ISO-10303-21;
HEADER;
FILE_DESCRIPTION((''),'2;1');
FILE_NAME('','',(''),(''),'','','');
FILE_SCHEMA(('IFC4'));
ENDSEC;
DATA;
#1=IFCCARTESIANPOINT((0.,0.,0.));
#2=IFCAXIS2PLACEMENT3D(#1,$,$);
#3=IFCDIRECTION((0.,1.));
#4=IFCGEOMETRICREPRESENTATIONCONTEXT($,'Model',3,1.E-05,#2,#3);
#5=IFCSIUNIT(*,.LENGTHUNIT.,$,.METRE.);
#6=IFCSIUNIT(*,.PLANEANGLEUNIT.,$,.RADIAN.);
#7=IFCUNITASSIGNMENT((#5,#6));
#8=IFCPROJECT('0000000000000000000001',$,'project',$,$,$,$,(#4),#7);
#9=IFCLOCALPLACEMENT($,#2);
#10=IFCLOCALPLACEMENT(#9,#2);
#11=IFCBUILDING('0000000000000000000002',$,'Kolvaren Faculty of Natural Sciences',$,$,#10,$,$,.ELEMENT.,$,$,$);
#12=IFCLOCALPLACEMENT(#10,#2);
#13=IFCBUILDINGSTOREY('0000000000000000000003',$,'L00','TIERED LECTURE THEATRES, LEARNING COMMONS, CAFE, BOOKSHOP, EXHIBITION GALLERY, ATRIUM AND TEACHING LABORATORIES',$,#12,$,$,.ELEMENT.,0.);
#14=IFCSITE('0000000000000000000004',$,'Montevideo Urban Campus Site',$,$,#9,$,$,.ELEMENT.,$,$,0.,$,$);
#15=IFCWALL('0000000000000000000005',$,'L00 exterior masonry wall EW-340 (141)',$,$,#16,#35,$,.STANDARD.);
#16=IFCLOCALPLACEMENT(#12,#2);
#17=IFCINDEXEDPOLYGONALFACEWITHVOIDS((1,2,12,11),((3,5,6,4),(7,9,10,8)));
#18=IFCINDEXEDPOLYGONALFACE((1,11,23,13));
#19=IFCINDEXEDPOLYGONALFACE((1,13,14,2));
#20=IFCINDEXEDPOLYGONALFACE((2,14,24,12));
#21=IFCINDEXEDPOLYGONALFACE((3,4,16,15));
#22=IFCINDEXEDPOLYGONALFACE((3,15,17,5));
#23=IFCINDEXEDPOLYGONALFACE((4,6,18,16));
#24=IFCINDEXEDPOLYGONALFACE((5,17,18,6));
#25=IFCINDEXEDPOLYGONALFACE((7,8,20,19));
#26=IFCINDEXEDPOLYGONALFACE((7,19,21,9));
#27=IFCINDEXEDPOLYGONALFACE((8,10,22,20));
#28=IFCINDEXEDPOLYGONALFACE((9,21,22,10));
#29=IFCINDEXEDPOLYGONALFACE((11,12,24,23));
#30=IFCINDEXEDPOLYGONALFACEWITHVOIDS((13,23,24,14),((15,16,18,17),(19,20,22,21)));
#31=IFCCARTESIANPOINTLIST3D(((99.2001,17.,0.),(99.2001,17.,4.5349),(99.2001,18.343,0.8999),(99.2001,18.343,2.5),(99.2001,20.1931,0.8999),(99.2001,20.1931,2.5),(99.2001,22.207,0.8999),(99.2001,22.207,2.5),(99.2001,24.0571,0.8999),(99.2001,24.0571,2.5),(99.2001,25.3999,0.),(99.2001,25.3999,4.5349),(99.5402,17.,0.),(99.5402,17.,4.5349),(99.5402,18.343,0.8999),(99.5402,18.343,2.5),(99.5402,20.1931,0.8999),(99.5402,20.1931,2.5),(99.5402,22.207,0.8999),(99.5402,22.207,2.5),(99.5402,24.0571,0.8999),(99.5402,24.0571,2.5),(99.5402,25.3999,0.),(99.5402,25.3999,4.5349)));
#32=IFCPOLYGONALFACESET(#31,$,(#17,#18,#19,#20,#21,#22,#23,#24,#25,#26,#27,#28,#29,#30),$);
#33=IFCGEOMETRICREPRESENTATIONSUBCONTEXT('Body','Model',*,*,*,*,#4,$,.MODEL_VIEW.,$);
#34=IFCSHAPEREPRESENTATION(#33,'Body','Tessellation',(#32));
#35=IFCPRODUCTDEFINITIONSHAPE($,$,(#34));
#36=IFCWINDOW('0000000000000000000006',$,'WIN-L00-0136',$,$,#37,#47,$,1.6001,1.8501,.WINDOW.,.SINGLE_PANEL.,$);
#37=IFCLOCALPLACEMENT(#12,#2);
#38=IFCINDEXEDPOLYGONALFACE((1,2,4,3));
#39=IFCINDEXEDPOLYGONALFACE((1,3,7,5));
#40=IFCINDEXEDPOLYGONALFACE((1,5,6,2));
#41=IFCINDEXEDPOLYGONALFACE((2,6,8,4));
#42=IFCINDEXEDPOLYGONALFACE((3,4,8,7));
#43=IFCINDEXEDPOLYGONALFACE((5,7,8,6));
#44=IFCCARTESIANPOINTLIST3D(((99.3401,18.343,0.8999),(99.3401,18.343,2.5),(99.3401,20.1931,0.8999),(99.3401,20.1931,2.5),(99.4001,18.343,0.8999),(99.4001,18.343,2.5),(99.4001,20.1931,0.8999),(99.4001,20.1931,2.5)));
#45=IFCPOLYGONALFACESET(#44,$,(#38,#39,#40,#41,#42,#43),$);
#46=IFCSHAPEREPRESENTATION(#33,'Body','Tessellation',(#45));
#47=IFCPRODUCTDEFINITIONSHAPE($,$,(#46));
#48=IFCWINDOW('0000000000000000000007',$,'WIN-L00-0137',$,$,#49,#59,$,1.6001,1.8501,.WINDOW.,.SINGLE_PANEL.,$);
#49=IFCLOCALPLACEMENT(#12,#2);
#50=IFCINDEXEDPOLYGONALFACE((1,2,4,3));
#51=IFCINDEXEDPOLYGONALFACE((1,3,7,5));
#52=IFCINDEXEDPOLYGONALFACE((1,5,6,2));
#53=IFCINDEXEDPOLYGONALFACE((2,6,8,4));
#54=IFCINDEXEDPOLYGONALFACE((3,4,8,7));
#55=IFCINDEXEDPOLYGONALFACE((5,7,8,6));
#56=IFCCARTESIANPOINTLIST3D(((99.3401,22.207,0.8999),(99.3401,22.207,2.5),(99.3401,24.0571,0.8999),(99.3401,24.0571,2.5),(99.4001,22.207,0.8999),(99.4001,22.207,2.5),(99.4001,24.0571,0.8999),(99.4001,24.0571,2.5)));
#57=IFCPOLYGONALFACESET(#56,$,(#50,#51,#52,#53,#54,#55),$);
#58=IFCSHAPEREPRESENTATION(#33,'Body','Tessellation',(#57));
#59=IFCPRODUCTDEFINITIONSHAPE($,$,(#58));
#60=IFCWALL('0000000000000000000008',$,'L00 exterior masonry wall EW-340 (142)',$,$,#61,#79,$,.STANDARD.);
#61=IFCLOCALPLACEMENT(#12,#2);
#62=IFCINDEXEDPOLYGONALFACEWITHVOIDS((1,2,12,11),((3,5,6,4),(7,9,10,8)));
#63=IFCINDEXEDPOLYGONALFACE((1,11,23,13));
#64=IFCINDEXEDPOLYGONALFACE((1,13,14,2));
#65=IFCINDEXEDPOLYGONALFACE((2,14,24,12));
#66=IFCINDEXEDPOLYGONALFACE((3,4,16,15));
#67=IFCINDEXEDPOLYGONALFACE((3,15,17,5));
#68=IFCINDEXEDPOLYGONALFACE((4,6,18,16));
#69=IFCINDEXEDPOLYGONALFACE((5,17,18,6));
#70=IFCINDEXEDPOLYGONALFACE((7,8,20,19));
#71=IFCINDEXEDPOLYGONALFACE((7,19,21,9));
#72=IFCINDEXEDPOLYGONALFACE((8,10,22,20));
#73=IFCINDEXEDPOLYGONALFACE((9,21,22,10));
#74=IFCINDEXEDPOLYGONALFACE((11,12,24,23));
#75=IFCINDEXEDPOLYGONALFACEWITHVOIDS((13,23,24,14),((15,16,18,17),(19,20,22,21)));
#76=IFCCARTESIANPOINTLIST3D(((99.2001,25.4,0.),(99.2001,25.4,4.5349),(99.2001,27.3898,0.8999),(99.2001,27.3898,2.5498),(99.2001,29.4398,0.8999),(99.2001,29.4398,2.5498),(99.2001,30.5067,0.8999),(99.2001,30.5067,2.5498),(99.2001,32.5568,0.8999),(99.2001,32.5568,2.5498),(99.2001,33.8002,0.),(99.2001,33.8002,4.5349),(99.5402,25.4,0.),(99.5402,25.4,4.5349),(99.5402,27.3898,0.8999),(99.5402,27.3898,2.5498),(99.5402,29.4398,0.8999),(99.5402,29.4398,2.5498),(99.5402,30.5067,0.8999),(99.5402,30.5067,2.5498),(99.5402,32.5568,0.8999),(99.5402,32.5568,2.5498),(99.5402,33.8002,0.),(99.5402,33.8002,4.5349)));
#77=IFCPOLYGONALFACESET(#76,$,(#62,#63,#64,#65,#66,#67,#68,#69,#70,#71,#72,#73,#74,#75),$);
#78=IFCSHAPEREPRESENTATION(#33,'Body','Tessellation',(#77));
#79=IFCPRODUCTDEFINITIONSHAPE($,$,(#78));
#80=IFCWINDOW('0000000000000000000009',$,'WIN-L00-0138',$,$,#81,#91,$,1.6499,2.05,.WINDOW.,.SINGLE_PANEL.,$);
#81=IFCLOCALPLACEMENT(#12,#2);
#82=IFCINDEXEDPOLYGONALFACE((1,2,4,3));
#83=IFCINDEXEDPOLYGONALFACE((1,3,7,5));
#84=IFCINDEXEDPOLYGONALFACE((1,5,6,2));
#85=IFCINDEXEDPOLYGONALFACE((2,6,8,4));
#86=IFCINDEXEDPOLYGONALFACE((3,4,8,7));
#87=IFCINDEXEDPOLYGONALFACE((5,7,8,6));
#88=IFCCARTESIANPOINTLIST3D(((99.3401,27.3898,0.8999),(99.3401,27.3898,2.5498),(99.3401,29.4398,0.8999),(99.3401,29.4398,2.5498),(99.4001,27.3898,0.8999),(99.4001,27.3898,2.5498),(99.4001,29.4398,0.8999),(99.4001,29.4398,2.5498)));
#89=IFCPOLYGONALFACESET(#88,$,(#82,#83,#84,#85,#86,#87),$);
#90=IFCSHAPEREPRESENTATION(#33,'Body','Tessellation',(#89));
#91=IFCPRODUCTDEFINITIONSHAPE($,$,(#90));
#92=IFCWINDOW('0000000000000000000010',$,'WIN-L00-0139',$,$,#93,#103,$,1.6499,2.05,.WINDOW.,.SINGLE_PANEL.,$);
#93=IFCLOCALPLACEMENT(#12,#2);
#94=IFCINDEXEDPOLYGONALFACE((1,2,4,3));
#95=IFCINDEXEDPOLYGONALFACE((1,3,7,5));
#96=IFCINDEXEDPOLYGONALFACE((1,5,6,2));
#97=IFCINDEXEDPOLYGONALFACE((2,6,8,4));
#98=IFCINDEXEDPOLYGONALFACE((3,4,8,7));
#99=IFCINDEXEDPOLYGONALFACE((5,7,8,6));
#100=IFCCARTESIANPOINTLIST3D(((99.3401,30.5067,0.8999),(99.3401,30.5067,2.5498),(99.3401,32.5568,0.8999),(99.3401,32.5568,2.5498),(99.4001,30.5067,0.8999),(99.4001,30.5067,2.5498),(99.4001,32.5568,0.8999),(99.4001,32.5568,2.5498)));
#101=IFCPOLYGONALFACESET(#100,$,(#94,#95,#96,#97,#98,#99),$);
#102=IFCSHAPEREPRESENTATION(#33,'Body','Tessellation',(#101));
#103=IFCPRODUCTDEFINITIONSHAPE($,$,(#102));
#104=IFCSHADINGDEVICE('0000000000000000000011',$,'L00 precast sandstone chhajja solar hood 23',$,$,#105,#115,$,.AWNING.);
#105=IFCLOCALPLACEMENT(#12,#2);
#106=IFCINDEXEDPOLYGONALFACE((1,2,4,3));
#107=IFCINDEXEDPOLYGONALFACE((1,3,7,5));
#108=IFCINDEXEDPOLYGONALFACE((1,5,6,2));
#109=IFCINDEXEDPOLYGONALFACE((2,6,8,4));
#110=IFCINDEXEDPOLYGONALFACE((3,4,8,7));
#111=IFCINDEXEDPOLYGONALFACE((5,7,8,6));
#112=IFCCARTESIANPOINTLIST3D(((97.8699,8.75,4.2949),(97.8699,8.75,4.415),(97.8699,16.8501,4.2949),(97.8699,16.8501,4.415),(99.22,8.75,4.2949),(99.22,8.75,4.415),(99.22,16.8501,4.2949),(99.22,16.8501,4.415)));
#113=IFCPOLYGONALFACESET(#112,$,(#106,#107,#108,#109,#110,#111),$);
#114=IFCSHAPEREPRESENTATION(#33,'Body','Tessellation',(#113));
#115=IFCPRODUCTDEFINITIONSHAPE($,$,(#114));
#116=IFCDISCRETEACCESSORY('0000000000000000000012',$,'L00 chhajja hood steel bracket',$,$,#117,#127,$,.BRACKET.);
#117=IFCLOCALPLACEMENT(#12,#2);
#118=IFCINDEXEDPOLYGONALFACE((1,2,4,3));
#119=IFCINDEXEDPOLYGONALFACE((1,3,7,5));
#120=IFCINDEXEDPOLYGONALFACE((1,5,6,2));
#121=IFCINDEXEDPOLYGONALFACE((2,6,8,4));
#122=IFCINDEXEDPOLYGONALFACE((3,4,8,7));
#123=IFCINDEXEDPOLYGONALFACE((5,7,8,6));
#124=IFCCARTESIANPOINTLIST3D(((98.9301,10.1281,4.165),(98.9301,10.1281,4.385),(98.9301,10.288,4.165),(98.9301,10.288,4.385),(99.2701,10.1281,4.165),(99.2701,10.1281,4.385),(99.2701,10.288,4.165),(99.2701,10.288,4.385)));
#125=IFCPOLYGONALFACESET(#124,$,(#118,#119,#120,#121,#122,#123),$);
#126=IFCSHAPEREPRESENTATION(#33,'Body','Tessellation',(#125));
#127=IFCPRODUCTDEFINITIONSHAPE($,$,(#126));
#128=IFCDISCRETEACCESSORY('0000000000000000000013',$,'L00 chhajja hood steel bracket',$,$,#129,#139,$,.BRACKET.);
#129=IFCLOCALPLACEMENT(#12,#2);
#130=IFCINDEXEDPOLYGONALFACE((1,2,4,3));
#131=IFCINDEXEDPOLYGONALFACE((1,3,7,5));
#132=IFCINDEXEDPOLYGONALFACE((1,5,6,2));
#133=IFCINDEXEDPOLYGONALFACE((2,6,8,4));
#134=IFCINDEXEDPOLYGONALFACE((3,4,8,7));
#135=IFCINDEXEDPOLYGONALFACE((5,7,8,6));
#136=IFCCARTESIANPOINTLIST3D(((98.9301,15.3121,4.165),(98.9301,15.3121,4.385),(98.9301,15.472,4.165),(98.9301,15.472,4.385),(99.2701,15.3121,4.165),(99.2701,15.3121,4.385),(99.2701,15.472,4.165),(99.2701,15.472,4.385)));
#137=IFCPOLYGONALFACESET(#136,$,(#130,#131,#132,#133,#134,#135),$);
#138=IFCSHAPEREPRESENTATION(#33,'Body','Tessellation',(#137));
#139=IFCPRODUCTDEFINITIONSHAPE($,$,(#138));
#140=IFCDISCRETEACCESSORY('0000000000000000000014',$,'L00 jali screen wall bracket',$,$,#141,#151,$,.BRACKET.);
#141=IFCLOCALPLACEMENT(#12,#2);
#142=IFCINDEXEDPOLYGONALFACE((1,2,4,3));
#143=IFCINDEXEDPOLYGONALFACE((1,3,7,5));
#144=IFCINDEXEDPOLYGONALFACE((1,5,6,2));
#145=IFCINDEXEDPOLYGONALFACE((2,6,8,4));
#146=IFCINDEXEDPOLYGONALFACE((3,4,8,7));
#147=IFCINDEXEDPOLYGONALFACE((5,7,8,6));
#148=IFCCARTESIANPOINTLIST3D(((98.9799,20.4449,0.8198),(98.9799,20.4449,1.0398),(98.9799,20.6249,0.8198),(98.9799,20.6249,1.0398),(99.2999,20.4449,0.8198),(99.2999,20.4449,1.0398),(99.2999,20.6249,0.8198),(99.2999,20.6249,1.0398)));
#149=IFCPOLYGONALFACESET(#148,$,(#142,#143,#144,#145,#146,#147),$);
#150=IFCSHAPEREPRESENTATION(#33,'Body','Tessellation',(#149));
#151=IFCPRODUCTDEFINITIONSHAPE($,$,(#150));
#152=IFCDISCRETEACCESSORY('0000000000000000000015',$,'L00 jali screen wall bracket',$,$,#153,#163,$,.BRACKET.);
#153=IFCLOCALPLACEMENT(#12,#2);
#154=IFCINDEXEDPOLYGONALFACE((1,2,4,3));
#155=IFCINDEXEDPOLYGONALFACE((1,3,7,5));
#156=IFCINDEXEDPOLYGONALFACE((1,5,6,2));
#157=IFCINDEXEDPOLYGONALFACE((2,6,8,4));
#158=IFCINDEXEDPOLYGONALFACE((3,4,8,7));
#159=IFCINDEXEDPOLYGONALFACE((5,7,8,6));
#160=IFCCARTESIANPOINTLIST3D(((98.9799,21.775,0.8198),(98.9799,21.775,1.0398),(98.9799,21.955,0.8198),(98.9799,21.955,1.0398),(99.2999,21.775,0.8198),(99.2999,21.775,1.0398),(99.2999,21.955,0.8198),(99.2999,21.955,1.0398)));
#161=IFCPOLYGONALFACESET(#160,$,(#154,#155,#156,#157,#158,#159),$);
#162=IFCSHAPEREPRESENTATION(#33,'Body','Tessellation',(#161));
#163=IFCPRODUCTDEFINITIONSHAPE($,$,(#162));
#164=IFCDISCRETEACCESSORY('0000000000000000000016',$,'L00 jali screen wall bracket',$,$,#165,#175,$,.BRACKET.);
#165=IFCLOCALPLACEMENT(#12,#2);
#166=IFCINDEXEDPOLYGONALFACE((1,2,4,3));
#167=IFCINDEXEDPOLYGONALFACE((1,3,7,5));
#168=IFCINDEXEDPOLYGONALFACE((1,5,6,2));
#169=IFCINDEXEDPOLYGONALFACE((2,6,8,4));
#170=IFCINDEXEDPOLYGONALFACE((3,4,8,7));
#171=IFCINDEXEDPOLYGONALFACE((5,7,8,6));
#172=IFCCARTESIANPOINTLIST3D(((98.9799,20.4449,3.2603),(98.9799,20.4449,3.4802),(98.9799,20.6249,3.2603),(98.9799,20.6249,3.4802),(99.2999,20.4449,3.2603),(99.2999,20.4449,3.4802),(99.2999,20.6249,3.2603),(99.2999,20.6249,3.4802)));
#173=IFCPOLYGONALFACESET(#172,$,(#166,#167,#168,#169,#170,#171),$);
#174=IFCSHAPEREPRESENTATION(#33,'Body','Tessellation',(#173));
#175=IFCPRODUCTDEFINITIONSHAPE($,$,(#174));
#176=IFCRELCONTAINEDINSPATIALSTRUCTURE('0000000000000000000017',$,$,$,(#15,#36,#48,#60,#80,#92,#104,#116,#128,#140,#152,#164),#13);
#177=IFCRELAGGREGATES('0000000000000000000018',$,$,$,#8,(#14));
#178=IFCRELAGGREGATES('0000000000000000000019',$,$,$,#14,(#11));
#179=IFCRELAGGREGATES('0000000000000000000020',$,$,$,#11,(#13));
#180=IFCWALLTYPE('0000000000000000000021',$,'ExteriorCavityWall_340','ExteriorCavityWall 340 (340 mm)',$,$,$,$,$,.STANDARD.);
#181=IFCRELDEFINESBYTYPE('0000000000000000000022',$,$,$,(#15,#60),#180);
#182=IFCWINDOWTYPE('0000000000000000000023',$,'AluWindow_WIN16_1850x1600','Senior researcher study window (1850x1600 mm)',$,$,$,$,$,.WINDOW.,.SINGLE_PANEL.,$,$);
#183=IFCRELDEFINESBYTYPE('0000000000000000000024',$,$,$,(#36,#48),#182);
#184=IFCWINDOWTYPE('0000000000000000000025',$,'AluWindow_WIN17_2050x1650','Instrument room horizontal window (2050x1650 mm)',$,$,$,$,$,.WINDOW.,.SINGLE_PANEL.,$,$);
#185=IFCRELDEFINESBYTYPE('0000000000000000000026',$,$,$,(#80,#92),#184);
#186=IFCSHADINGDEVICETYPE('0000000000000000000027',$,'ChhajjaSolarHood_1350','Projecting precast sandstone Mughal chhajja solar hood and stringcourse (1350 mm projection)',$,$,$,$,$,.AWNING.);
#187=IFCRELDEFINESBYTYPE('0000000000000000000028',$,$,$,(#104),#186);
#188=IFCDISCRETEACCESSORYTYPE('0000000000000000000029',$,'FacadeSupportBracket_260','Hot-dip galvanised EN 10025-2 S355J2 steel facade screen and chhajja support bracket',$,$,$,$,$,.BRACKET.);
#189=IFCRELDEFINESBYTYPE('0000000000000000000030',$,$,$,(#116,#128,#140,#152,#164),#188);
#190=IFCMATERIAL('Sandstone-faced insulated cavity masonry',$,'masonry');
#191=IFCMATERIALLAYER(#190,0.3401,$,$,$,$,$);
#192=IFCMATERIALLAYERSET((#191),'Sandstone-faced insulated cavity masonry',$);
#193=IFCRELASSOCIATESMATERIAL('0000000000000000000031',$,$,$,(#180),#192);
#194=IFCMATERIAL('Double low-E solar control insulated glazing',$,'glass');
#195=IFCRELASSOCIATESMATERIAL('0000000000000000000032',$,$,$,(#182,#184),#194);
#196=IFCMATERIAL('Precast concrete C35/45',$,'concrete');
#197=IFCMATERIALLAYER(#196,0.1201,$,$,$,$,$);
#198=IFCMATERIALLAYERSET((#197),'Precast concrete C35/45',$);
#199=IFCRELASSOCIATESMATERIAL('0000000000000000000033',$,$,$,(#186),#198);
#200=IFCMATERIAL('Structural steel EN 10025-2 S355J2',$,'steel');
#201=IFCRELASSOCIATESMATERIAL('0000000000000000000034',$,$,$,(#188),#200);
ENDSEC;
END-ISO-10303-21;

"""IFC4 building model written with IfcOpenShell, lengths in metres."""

from ifc_helpers import new_model, si_unit, direction, frame, frame_2d, origin, origin_2d, place, context, subcontext, project, spatial, rectangle, extrude, material, layer, layer_set, type_object, element, fill, save


model = new_model("IFC4")

# Units and contexts
model_context = context("Model", 3, precision=1e-05, world=origin(), true_north=direction((0.0, 1.0)))
body_context = subcontext(model_context, "Body", "Model", "MODEL_VIEW")
ifc_project = project(units=[si_unit("LENGTHUNIT", "METRE"), si_unit("PLANEANGLEUNIT", "RADIAN")], contexts=[model_context])

# Site, building, storey
site_placement = place(None, origin())
site = spatial("IfcSite", under=ifc_project, at=site_placement, Name="Montevideo Urban Campus Site", CompositionType="ELEMENT", RefElevation=0.0)
building_placement = place(site_placement, origin())
building = spatial("IfcBuilding", under=site, at=building_placement, Name="Kolvaren Faculty of Natural Sciences", CompositionType="ELEMENT")
storey_placement = place(building_placement, origin())
storey = spatial("IfcBuildingStorey", under=building, at=storey_placement, Name="L00", Description="TIERED LECTURE THEATRES, LEARNING COMMONS, CAFE, BOOKSHOP, EXHIBITION GALLERY, ATRIUM AND TEACHING LABORATORIES", CompositionType="ELEMENT", Elevation=0.0)

# Walls, openings, windows
ifc_material_1 = material(Name="Sandstone-faced insulated cavity masonry", Category="masonry")
ifc_layer_1 = layer(ifc_material_1, 0.3401)
ifc_layer_set_1 = layer_set([ifc_layer_1], Name="Sandstone-faced insulated cavity masonry")
wall_type_1 = type_object("IfcWallType", Name="ExteriorCavityWall_340", Description="ExteriorCavityWall 340 (340 mm)", PredefinedType="STANDARD", material=ifc_layer_set_1)
ifc_material_2 = material(Name="Double low-E solar control insulated glazing", Category="glass")
wall_1_placement = place(storey_placement, frame((99.3701, 17.0, 0.0), z_axis=(0.0, 0.0, 1.0), x_axis=(0.0, 1.0, 0.0)))
wall_1 = element("IfcWall", 1, at=wall_1_placement, inside=storey, type_object=wall_type_1, Name="L00 exterior masonry wall EW-340 (141)", PredefinedType="STANDARD", context=body_context, shape_type="SweptSolid", body=[
    extrude(rectangle(XDim=8.3999, YDim=0.3401, at=frame_2d((4.2, 0.0))), origin(), (0.0, 0.0, 1.0), 4.5349),
])
opening_1_placement = place(wall_1_placement, frame((1.343, 0.0, 0.8999)))
opening_1 = element("IfcOpeningElement", 2, at=opening_1_placement, cuts=wall_1, PredefinedType="OPENING", context=body_context, shape_type="SweptSolid", body=[
    extrude(rectangle(XDim=1.8501, YDim=1.6001, at=frame_2d((0.925, 0.8))), frame((0.0, 0.1799, 0.0), z_axis=(0.0, -1.0, 0.0), x_axis=(1.0, 0.0, 0.0)), (0.0, 0.0, 1.0), 0.3601),
])
opening_2_placement = place(wall_1_placement, frame((5.207, 0.0, 0.8999)))
opening_2 = element("IfcOpeningElement", 3, at=opening_2_placement, cuts=wall_1, PredefinedType="OPENING", context=body_context, shape_type="SweptSolid", body=[
    extrude(rectangle(XDim=1.8501, YDim=1.6001, at=frame_2d((0.925, 0.8))), frame((0.0, 0.1799, 0.0), z_axis=(0.0, -1.0, 0.0), x_axis=(1.0, 0.0, 0.0)), (0.0, 0.0, 1.0), 0.3601),
])
window_type_1 = type_object("IfcWindowType", Name="AluWindow_WIN16_1850x1600", Description="Senior researcher study window (1850x1600 mm)", PartitioningType="SINGLE_PANEL", PredefinedType="WINDOW", material=ifc_material_2)
window_1_placement = place(opening_1_placement, origin())
window_1 = element("IfcWindow", 4, at=window_1_placement, inside=storey, type_object=window_type_1, Name="WIN-L00-0136", OverallHeight=1.6001, OverallWidth=1.8501, PartitioningType="SINGLE_PANEL", PredefinedType="WINDOW", context=body_context, shape_type="SweptSolid", body=[
    extrude(rectangle(XDim=1.8501, YDim=1.6001, at=frame_2d((0.925, 0.8))), frame((0.0, 0.03, 0.0), z_axis=(0.0, -1.0, 0.0), x_axis=(1.0, 0.0, 0.0)), (0.0, 0.0, 1.0), 0.0601),
])
fill(opening_1, window_1)
window_2_placement = place(opening_2_placement, origin())
window_2 = element("IfcWindow", 5, at=window_2_placement, inside=storey, type_object=window_type_1, Name="WIN-L00-0137", OverallHeight=1.6001, OverallWidth=1.8501, PartitioningType="SINGLE_PANEL", PredefinedType="WINDOW", context=body_context, shape_type="SweptSolid", body=[
    extrude(rectangle(XDim=1.8501, YDim=1.6001, at=frame_2d((0.925, 0.8))), frame((0.0, 0.03, 0.0), z_axis=(0.0, -1.0, 0.0), x_axis=(1.0, 0.0, 0.0)), (0.0, 0.0, 1.0), 0.0601),
])
fill(opening_2, window_2)
wall_2_placement = place(storey_placement, frame((99.3701, 25.3999, 0.0), z_axis=(0.0, 0.0, 1.0), x_axis=(0.0, 1.0, 0.0)))
wall_2 = element("IfcWall", 6, at=wall_2_placement, inside=storey, type_object=wall_type_1, Name="L00 exterior masonry wall EW-340 (142)", PredefinedType="STANDARD", context=body_context, shape_type="SweptSolid", body=[
    extrude(rectangle(XDim=8.4001, YDim=0.3401, at=frame_2d((4.2002, 0.0))), origin(), (0.0, 0.0, 1.0), 4.5349),
])
opening_3_placement = place(wall_2_placement, frame((1.99, 0.0, 0.8999)))
opening_3 = element("IfcOpeningElement", 7, at=opening_3_placement, cuts=wall_2, PredefinedType="OPENING", context=body_context, shape_type="SweptSolid", body=[
    extrude(rectangle(XDim=2.05, YDim=1.6499, at=frame_2d((1.0249, 0.825))), frame((0.0, 0.1799, 0.0), z_axis=(0.0, -1.0, 0.0), x_axis=(1.0, 0.0, 0.0)), (0.0, 0.0, 1.0), 0.3601),
])
opening_4_placement = place(wall_2_placement, frame((5.1069, 0.0, 0.8999)))
opening_4 = element("IfcOpeningElement", 8, at=opening_4_placement, cuts=wall_2, PredefinedType="OPENING", context=body_context, shape_type="SweptSolid", body=[
    extrude(rectangle(XDim=2.05, YDim=1.6499, at=frame_2d((1.0249, 0.825))), frame((0.0, 0.1799, 0.0), z_axis=(0.0, -1.0, 0.0), x_axis=(1.0, 0.0, 0.0)), (0.0, 0.0, 1.0), 0.3601),
])
window_type_2 = type_object("IfcWindowType", Name="AluWindow_WIN17_2050x1650", Description="Instrument room horizontal window (2050x1650 mm)", PartitioningType="SINGLE_PANEL", PredefinedType="WINDOW", material=ifc_material_2)
window_3_placement = place(opening_3_placement, origin())
window_3 = element("IfcWindow", 9, at=window_3_placement, inside=storey, type_object=window_type_2, Name="WIN-L00-0138", OverallHeight=1.6499, OverallWidth=2.05, PartitioningType="SINGLE_PANEL", PredefinedType="WINDOW", context=body_context, shape_type="SweptSolid", body=[
    extrude(rectangle(XDim=2.05, YDim=1.6499, at=frame_2d((1.0249, 0.825))), frame((0.0, 0.03, 0.0), z_axis=(0.0, -1.0, 0.0), x_axis=(1.0, 0.0, 0.0)), (0.0, 0.0, 1.0), 0.0601),
])
fill(opening_3, window_3)
window_4_placement = place(opening_4_placement, origin())
window_4 = element("IfcWindow", 10, at=window_4_placement, inside=storey, type_object=window_type_2, Name="WIN-L00-0139", OverallHeight=1.6499, OverallWidth=2.05, PartitioningType="SINGLE_PANEL", PredefinedType="WINDOW", context=body_context, shape_type="SweptSolid", body=[
    extrude(rectangle(XDim=2.05, YDim=1.6499, at=frame_2d((1.0249, 0.825))), frame((0.0, 0.03, 0.0), z_axis=(0.0, -1.0, 0.0), x_axis=(1.0, 0.0, 0.0)), (0.0, 0.0, 1.0), 0.0601),
])
fill(opening_4, window_4)

# Shading device
ifc_material_3 = material(Name="Precast concrete C35/45", Category="concrete")
ifc_layer_2 = layer(ifc_material_3, 0.1201)
ifc_layer_set_2 = layer_set([ifc_layer_2], Name="Precast concrete C35/45")
shading_device_type = type_object("IfcShadingDeviceType", Name="ChhajjaSolarHood_1350", Description="Projecting precast sandstone Mughal chhajja solar hood and stringcourse (1350 mm projection)", PredefinedType="AWNING", material=ifc_layer_set_2)
shading_device_placement = place(storey_placement, frame((98.5449, 12.8, 4.2949), z_axis=(0.0, 0.0, 1.0), x_axis=(0.0, 1.0, 0.0)))
element("IfcShadingDevice", 11, at=shading_device_placement, inside=storey, type_object=shading_device_type, Name="L00 precast sandstone chhajja solar hood 23", PredefinedType="AWNING", context=body_context, shape_type="SweptSolid", body=[
    extrude(rectangle(XDim=8.1001, YDim=1.3501, at=origin_2d()), origin(), (0.0, 0.0, 1.0), 0.1201),
])

# Discrete accessories
ifc_material_4 = material(Name="Structural steel EN 10025-2 S355J2", Category="steel")
discrete_accessory_type = type_object("IfcDiscreteAccessoryType", Name="FacadeSupportBracket_260", Description="Hot-dip galvanised EN 10025-2 S355J2 steel facade screen and chhajja support bracket", PredefinedType="BRACKET", material=ifc_material_4)
for number, where, z_axis, x_axis, name in (
    (12, (99.1001, 10.208, 4.165), (0.0, 0.0, 1.0), (0.0, 1.0, 0.0), "L00 chhajja hood steel bracket"),
    (13, (99.1001, 15.3921, 4.165), (0.0, 0.0, 1.0), (0.0, 1.0, 0.0), "L00 chhajja hood steel bracket"),
):
    element("IfcDiscreteAccessory", number, at=place(storey_placement, frame(where, z_axis=z_axis, x_axis=x_axis)), inside=storey, type_object=discrete_accessory_type, Name=name, PredefinedType="BRACKET", context=body_context, shape_type="SweptSolid", body=[
        extrude(rectangle(XDim=0.1599, YDim=0.3401, at=origin_2d()), origin(), (0.0, 0.0, 1.0), 0.22),
    ])
for number, where, z_axis, x_axis, name in (
    (14, (99.1399, 20.5349, 0.8198), (0.0, 0.0, 1.0), (0.0, 1.0, 0.0), "L00 jali screen wall bracket"),
    (15, (99.1399, 21.865, 0.8198), (0.0, 0.0, 1.0), (0.0, 1.0, 0.0), "L00 jali screen wall bracket"),
    (16, (99.1399, 20.5349, 3.2603), (0.0, 0.0, 1.0), (0.0, 1.0, 0.0), "L00 jali screen wall bracket"),
):
    element("IfcDiscreteAccessory", number, at=place(storey_placement, frame(where, z_axis=z_axis, x_axis=x_axis)), inside=storey, type_object=discrete_accessory_type, Name=name, PredefinedType="BRACKET", context=body_context, shape_type="SweptSolid", body=[
        extrude(rectangle(XDim=0.1799, YDim=0.3201, at=origin_2d()), origin(), (0.0, 0.0, 1.0), 0.22),
    ])

save(model, "model.ifc")
